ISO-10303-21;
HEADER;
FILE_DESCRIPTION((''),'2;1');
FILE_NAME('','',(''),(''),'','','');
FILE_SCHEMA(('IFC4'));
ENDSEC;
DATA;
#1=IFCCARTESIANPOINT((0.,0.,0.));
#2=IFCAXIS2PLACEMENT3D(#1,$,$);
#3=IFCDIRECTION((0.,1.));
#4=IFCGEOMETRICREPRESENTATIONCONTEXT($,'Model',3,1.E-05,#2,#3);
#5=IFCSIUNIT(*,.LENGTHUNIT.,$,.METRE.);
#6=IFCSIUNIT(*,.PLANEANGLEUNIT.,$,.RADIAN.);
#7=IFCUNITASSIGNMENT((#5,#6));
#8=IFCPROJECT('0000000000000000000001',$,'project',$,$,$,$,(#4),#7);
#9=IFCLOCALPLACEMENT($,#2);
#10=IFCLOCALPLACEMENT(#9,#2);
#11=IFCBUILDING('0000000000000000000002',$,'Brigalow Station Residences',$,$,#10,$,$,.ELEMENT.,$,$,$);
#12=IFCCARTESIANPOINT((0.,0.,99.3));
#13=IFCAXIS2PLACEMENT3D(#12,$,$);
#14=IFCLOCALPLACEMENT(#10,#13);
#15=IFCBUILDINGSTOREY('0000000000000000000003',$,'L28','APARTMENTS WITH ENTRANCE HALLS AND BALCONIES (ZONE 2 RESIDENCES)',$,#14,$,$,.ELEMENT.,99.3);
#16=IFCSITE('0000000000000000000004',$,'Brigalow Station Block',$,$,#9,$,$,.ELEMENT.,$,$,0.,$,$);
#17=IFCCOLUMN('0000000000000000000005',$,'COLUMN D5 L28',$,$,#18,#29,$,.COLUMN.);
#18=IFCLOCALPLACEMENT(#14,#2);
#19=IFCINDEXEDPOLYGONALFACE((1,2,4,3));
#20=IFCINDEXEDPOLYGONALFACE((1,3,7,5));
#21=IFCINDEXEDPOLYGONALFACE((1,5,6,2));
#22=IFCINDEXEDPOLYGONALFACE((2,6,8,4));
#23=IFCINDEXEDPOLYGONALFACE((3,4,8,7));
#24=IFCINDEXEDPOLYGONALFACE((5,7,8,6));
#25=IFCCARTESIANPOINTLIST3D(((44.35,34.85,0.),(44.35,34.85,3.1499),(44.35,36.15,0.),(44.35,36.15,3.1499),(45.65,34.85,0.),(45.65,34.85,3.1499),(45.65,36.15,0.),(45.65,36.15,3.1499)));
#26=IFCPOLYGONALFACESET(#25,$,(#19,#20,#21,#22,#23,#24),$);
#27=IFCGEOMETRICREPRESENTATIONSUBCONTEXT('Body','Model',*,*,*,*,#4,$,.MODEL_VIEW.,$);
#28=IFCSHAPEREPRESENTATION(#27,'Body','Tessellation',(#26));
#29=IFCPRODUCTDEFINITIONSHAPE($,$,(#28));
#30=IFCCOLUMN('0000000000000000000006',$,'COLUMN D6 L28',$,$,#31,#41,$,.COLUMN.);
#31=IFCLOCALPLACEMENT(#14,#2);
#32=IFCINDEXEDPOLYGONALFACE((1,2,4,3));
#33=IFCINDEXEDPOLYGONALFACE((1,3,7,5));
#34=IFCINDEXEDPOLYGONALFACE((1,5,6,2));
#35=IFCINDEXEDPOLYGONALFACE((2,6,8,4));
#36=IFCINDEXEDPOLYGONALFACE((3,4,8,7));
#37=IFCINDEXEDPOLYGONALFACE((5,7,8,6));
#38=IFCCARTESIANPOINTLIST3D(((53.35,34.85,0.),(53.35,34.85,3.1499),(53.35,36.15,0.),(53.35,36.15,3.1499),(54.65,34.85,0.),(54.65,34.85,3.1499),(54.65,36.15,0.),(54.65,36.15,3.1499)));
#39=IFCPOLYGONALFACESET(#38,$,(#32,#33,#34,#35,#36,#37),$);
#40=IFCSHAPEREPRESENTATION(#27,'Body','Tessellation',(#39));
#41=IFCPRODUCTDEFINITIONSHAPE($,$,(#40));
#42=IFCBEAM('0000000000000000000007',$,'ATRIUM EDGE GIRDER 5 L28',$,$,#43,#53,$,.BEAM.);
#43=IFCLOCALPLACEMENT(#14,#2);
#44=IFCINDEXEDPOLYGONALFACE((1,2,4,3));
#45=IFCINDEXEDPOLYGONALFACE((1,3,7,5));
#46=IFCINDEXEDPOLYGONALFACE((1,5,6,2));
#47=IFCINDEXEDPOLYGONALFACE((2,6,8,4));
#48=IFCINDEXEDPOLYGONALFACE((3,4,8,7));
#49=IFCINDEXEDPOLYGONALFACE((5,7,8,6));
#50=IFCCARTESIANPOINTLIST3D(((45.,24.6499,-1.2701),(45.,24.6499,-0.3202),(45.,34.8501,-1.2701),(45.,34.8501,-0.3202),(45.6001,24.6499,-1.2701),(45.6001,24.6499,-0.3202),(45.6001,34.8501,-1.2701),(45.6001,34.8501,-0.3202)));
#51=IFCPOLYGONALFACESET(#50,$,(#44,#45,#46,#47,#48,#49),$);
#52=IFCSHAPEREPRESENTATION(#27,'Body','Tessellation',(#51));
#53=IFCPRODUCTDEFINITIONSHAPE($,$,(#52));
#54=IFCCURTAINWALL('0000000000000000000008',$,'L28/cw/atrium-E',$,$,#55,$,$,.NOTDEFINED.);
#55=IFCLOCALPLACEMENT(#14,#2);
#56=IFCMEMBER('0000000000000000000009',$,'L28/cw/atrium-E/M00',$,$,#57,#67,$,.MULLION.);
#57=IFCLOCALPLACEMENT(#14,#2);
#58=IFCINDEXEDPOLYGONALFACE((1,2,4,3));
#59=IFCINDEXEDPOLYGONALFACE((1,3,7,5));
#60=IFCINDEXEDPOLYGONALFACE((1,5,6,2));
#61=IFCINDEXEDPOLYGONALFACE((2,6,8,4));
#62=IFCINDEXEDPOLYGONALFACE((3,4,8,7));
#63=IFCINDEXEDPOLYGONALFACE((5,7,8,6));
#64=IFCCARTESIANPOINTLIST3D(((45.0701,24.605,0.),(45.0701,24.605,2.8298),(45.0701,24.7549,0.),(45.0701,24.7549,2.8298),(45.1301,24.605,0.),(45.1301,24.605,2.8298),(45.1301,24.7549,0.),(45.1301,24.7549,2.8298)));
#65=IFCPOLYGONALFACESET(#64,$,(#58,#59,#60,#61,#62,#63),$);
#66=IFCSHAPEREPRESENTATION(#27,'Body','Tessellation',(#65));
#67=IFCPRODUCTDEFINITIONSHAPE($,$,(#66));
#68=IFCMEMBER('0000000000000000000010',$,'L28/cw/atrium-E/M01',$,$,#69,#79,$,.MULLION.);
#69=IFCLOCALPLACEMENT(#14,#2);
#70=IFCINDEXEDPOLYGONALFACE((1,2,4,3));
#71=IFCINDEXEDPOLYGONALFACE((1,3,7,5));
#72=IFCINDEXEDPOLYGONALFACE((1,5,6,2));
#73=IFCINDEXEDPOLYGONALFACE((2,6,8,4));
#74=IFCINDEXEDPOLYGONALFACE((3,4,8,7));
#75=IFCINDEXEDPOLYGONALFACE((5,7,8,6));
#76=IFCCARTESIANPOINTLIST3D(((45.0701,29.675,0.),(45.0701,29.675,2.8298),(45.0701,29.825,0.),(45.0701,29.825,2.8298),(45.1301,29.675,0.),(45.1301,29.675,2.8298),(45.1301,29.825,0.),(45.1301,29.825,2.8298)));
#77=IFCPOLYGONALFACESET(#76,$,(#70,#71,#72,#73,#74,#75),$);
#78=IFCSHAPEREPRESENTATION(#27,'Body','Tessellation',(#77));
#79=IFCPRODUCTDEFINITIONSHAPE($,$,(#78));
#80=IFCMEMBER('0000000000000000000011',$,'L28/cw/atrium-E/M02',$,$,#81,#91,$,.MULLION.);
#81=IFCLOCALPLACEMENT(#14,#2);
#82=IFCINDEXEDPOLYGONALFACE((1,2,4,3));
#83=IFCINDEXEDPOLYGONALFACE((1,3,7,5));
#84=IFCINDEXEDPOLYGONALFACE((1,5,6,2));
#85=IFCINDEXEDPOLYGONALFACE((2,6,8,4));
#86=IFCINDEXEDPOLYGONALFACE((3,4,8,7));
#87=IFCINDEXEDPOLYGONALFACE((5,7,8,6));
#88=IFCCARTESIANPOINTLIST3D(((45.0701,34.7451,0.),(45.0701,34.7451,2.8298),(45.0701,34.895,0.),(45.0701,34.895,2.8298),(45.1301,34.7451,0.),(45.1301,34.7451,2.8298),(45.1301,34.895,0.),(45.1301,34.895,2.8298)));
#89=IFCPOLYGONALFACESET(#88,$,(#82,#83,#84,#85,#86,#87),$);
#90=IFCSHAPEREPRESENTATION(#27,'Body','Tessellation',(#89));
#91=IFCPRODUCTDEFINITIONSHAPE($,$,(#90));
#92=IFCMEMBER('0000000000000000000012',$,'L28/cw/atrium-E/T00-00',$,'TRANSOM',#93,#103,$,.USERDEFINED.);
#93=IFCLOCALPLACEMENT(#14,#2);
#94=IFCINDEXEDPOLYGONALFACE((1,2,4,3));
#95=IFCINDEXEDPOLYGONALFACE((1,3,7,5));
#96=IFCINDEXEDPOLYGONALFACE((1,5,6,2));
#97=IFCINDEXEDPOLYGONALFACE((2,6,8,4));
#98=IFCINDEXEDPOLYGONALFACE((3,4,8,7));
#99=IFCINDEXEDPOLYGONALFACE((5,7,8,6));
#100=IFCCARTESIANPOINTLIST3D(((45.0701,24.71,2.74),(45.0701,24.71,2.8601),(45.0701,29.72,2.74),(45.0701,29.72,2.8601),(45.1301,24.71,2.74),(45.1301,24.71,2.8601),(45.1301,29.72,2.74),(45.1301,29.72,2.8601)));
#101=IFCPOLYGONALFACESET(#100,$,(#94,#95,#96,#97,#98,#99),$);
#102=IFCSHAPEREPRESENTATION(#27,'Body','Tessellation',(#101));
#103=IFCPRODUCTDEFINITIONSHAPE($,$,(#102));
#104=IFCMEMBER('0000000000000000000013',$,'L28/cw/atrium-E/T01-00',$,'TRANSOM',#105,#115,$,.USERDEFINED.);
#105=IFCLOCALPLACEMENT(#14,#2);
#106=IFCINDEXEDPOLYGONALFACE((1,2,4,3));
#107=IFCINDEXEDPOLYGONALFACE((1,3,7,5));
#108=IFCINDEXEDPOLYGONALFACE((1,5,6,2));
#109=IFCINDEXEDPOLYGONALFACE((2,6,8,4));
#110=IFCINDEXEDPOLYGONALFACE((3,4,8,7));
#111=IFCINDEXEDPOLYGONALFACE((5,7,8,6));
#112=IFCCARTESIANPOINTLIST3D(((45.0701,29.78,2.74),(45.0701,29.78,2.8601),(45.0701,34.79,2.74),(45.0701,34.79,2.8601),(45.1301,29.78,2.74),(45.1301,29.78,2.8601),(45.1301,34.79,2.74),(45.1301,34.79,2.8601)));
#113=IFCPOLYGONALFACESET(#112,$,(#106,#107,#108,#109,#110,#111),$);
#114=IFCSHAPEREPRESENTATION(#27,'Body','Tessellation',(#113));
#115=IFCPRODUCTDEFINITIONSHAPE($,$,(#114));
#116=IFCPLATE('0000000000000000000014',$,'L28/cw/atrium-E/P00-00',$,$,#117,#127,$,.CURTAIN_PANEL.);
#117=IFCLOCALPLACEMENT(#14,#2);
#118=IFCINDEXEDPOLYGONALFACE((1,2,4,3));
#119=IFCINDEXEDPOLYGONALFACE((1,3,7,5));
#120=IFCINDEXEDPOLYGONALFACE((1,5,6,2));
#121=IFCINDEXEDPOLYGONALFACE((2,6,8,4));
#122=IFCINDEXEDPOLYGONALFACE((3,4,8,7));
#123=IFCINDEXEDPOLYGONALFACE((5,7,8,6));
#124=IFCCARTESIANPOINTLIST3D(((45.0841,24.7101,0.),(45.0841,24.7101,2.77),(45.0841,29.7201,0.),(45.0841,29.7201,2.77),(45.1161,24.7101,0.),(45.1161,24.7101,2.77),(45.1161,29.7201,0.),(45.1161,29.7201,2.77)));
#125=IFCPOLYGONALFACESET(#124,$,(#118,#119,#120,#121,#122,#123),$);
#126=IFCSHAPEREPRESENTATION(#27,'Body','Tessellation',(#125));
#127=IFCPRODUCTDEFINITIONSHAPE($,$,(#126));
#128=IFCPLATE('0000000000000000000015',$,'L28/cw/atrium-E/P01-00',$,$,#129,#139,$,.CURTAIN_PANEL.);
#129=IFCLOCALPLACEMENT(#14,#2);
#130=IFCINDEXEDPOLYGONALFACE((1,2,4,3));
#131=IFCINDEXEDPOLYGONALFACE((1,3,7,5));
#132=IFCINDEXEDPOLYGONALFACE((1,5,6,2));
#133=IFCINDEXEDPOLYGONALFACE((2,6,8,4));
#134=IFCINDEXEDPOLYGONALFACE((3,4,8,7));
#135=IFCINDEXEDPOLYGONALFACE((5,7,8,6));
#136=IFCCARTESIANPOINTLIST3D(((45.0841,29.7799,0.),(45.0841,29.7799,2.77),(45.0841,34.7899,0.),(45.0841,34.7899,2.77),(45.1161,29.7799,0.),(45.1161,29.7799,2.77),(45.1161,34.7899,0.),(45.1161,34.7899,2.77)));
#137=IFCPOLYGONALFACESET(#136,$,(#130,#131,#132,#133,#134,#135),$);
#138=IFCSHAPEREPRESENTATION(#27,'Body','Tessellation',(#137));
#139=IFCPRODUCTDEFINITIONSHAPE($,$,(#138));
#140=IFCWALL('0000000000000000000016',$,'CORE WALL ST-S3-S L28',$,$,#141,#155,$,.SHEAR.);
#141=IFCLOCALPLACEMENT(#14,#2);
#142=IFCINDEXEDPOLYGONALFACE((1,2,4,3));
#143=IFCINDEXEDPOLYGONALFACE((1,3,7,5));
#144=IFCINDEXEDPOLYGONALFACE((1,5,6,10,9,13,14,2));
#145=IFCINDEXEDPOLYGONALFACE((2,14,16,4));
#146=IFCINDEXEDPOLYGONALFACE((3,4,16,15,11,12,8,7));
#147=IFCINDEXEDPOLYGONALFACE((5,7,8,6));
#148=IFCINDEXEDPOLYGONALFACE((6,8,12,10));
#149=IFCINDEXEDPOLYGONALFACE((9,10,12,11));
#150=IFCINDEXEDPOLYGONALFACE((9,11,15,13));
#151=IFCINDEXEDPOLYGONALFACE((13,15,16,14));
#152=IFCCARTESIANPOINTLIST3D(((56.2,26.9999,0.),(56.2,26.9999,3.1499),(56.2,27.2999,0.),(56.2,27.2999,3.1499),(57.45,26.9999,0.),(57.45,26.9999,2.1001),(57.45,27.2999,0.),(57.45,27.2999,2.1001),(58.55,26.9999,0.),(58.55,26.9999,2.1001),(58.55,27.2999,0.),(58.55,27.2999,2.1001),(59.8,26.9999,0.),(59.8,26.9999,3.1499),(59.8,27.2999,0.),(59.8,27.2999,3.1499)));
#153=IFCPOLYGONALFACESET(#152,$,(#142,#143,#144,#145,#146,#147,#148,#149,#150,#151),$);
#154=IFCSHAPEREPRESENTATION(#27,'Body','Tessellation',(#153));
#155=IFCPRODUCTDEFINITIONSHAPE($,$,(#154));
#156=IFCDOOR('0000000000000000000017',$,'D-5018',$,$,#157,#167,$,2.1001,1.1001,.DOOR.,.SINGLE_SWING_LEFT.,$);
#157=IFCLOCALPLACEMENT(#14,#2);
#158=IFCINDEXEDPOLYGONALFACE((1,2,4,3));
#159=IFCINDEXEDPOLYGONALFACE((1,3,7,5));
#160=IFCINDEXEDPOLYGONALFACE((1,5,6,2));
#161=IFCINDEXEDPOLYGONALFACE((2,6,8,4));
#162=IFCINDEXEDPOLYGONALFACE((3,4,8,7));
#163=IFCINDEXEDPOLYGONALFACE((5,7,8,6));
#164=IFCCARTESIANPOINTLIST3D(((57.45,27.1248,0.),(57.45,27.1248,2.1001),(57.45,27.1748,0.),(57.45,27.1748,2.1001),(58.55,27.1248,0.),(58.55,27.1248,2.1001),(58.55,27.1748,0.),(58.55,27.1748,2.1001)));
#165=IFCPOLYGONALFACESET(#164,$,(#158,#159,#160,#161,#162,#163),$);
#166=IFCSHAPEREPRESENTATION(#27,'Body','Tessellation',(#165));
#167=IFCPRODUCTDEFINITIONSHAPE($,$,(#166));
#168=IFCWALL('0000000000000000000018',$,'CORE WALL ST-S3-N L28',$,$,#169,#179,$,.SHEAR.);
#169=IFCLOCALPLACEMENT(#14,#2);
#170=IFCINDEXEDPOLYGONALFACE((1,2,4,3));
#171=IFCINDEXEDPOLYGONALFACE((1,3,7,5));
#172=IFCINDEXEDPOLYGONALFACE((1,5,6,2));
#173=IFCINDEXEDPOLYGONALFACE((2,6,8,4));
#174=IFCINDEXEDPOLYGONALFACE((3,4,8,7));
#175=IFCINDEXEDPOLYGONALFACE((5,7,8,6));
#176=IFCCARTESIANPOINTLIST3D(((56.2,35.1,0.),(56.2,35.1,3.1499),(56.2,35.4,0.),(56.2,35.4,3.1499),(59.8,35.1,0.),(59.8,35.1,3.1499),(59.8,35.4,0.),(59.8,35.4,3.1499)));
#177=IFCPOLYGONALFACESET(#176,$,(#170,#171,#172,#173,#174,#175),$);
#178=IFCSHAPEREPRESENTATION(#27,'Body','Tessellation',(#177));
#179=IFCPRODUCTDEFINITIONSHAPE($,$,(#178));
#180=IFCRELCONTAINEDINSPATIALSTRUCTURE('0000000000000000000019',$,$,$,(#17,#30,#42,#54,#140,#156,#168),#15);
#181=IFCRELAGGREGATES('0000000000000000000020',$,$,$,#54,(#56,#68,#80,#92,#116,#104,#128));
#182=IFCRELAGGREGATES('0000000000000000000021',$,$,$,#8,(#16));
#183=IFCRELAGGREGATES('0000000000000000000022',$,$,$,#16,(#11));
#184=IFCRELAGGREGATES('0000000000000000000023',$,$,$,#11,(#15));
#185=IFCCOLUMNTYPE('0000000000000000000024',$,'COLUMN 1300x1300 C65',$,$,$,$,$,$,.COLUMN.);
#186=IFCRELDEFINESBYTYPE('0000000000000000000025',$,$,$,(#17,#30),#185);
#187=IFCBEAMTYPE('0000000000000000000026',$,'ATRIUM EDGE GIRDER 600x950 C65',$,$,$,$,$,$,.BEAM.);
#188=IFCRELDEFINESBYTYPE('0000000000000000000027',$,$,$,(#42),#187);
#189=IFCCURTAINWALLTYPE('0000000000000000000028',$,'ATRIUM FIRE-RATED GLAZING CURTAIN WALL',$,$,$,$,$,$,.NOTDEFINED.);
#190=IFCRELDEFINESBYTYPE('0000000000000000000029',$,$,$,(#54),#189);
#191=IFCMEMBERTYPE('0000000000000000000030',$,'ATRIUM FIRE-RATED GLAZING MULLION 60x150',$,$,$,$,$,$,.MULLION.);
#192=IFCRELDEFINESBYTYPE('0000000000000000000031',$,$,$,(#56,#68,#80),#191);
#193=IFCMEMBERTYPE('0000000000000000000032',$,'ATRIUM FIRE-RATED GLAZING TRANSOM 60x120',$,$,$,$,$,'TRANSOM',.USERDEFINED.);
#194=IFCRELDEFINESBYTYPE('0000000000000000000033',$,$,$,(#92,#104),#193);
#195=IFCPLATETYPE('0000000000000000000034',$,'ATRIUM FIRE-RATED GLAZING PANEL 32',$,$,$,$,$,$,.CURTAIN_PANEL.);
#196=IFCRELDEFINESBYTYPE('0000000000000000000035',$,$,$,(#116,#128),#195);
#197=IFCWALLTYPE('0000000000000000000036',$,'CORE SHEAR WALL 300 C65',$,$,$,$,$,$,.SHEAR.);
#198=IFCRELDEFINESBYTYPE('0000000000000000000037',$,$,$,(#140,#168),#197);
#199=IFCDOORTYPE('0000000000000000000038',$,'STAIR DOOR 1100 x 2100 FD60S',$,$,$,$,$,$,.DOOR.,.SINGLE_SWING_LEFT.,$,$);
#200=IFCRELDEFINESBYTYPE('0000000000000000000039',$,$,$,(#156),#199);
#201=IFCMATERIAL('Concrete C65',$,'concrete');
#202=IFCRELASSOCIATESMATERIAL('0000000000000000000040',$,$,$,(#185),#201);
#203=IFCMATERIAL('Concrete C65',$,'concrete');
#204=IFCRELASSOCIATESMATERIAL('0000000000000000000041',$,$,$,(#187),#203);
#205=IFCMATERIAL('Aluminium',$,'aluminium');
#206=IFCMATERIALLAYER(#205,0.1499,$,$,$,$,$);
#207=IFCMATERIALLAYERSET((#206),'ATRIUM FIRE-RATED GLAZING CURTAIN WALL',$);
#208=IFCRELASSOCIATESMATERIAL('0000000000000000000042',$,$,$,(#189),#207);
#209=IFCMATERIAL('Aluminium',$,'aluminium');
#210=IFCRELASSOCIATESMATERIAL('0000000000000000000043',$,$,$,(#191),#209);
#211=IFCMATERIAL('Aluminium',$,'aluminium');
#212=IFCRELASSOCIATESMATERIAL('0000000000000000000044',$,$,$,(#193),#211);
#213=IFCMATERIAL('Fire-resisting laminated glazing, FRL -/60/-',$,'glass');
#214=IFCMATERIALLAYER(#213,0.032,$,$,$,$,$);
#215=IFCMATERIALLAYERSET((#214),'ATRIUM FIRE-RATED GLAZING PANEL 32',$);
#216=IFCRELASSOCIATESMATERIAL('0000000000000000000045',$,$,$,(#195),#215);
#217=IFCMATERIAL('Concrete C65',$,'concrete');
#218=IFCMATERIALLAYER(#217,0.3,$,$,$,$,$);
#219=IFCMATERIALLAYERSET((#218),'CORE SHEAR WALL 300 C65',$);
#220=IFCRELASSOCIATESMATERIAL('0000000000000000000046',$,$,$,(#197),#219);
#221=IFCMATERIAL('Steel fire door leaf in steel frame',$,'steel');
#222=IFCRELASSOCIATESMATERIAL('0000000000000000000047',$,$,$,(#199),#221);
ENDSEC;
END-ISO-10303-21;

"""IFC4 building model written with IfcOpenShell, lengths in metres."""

from ifc_helpers import new_model, si_unit, direction, frame, frame_2d, origin, origin_2d, place, context, subcontext, project, spatial, rectangle, extrude, material, layer, layer_set, material_profile, profile_set, type_object, element, fill, aggregate, save


model = new_model("IFC4")

# Units and contexts
model_context = context("Model", 3, precision=1e-05, world=origin(), true_north=direction((0.0, 1.0)))
body_context = subcontext(model_context, "Body", "Model", "MODEL_VIEW")
ifc_project = project(units=[si_unit("LENGTHUNIT", "METRE"), si_unit("PLANEANGLEUNIT", "RADIAN")], contexts=[model_context])

# Site, building, storey
site_placement = place(None, origin())
site = spatial("IfcSite", under=ifc_project, at=site_placement, Name="Brigalow Station Block", CompositionType="ELEMENT", RefElevation=0.0)
building_placement = place(site_placement, origin())
building = spatial("IfcBuilding", under=site, at=building_placement, Name="Brigalow Station Residences", CompositionType="ELEMENT")
storey_placement = place(building_placement, frame((0.0, 0.0, 99.3)))
storey = spatial("IfcBuildingStorey", under=building, at=storey_placement, Name="L28", Description="APARTMENTS WITH ENTRANCE HALLS AND BALCONIES (ZONE 2 RESIDENCES)", CompositionType="ELEMENT", Elevation=99.3)

# Columns
ifc_material_1 = material(Name="Concrete C65", Category="concrete")
ifc_material_profile_1 = material_profile(ifc_material_1, rectangle(XDim=1.3, YDim=1.3, at=origin_2d()), Name="RC1300x1300")
ifc_profile_set_1 = profile_set([ifc_material_profile_1], Name="Concrete C65")
column_type = type_object("IfcColumnType", Name="COLUMN 1300x1300 C65", PredefinedType="COLUMN", material=ifc_profile_set_1)
for number, where, z_axis, x_axis, name in (
    (1, (45.0, 35.5, 0.0), (0.0, 0.0, 1.0), (1.0, 0.0, 0.0), "COLUMN D5 L28"),
    (2, (54.0, 35.5, 0.0), (0.0, 0.0, 1.0), (1.0, 0.0, 0.0), "COLUMN D6 L28"),
):
    element("IfcColumn", number, at=place(storey_placement, frame(where, z_axis=z_axis, x_axis=x_axis)), inside=storey, type_object=column_type, Name=name, PredefinedType="COLUMN", context=body_context, shape_type="SweptSolid", body=[
        extrude(rectangle(XDim=1.3, YDim=1.3, at=origin_2d()), origin(), (0.0, 0.0, 1.0), 3.1499),
    ])

# Beam
ifc_material_2 = material(Name="Concrete C65", Category="concrete")
ifc_material_profile_2 = material_profile(ifc_material_2, rectangle(XDim=0.6001, YDim=0.95, at=origin_2d()), Name="RC600x950")
ifc_profile_set_2 = profile_set([ifc_material_profile_2], Name="Concrete C65")
beam_type = type_object("IfcBeamType", Name="ATRIUM EDGE GIRDER 600x950 C65", PredefinedType="BEAM", material=ifc_profile_set_2)
beam_placement = place(storey_placement, frame((45.3, 24.6499, -0.7952), z_axis=(0.0, 1.0, 0.0), x_axis=(-1.0, 0.0, 0.0)))
element("IfcBeam", 3, at=beam_placement, inside=storey, type_object=beam_type, Name="ATRIUM EDGE GIRDER 5 L28", PredefinedType="BEAM", context=body_context, shape_type="SweptSolid", body=[
    extrude(rectangle(XDim=0.6001, YDim=0.95, at=origin_2d()), origin(), (0.0, 0.0, 1.0), 10.2002),
])

# Curtain wall, members, plates
ifc_material_3 = material(Name="Aluminium", Category="aluminium")
ifc_layer_1 = layer(ifc_material_3, 0.1499)
ifc_layer_set_1 = layer_set([ifc_layer_1], Name="ATRIUM FIRE-RATED GLAZING CURTAIN WALL")
curtain_wall_type = type_object("IfcCurtainWallType", Name="ATRIUM FIRE-RATED GLAZING CURTAIN WALL", PredefinedType="NOTDEFINED", material=ifc_layer_set_1)
curtain_wall_placement = place(storey_placement, origin())
curtain_wall = element("IfcCurtainWall", 4, at=curtain_wall_placement, inside=storey, type_object=curtain_wall_type, Name="L28/cw/atrium-E", PredefinedType="NOTDEFINED")
ifc_material_4 = material(Name="Aluminium", Category="aluminium")
ifc_material_profile_3 = material_profile(ifc_material_4, rectangle(XDim=0.0601, YDim=0.1499, at=origin_2d()), Name="ATRIUM FIRE-RATED GLAZING MULLION 60x150")
ifc_profile_set_3 = profile_set([ifc_material_profile_3], Name="Aluminium")
member_type_1 = type_object("IfcMemberType", Name="ATRIUM FIRE-RATED GLAZING MULLION 60x150", PredefinedType="MULLION", material=ifc_profile_set_3)
member_1_placement = place(storey_placement, frame((45.1001, 24.6799, 0.0), z_axis=(0.0, 0.0, 1.0), x_axis=(-1.0, 0.0, 0.0)))
member_1 = element("IfcMember", 5, at=member_1_placement, type_object=member_type_1, Name="L28/cw/atrium-E/M00", PredefinedType="MULLION", context=body_context, shape_type="SweptSolid", body=[
    extrude(rectangle(XDim=0.0601, YDim=0.1499, at=origin_2d()), origin(), (0.0, 0.0, 1.0), 2.8298),
])
member_2_placement = place(storey_placement, frame((45.1001, 29.75, 0.0), z_axis=(0.0, 0.0, 1.0), x_axis=(-1.0, 0.0, 0.0)))
member_2 = element("IfcMember", 6, at=member_2_placement, type_object=member_type_1, Name="L28/cw/atrium-E/M01", PredefinedType="MULLION", context=body_context, shape_type="SweptSolid", body=[
    extrude(rectangle(XDim=0.0601, YDim=0.1499, at=origin_2d()), origin(), (0.0, 0.0, 1.0), 2.8298),
])
member_3_placement = place(storey_placement, frame((45.1001, 34.8201, 0.0), z_axis=(0.0, 0.0, 1.0), x_axis=(-1.0, 0.0, 0.0)))
member_3 = element("IfcMember", 7, at=member_3_placement, type_object=member_type_1, Name="L28/cw/atrium-E/M02", PredefinedType="MULLION", context=body_context, shape_type="SweptSolid", body=[
    extrude(rectangle(XDim=0.0601, YDim=0.1499, at=origin_2d()), origin(), (0.0, 0.0, 1.0), 2.8298),
])
ifc_material_5 = material(Name="Aluminium", Category="aluminium")
ifc_material_profile_4 = material_profile(ifc_material_5, rectangle(XDim=0.0601, YDim=0.1201, at=origin_2d()), Name="ATRIUM FIRE-RATED GLAZING TRANSOM 60x120")
ifc_profile_set_4 = profile_set([ifc_material_profile_4], Name="Aluminium")
member_type_2 = type_object("IfcMemberType", Name="ATRIUM FIRE-RATED GLAZING TRANSOM 60x120", ElementType="TRANSOM", PredefinedType="USERDEFINED", material=ifc_profile_set_4)
member_4_placement = place(storey_placement, frame((45.1001, 24.71, 2.8), z_axis=(0.0, 1.0, 0.0), x_axis=(-1.0, 0.0, 0.0)))
member_4 = element("IfcMember", 8, at=member_4_placement, type_object=member_type_2, Name="L28/cw/atrium-E/T00-00", ObjectType="TRANSOM", PredefinedType="USERDEFINED", context=body_context, shape_type="SweptSolid", body=[
    extrude(rectangle(XDim=0.0601, YDim=0.1201, at=origin_2d()), origin(), (0.0, 0.0, 1.0), 5.01),
])
member_5_placement = place(storey_placement, frame((45.1001, 29.78, 2.8), z_axis=(0.0, 1.0, 0.0), x_axis=(-1.0, 0.0, 0.0)))
member_5 = element("IfcMember", 9, at=member_5_placement, type_object=member_type_2, Name="L28/cw/atrium-E/T01-00", ObjectType="TRANSOM", PredefinedType="USERDEFINED", context=body_context, shape_type="SweptSolid", body=[
    extrude(rectangle(XDim=0.0601, YDim=0.1201, at=origin_2d()), origin(), (0.0, 0.0, 1.0), 5.01),
])
ifc_material_6 = material(Name="Fire-resisting laminated glazing, FRL -/60/-", Category="glass")
ifc_layer_2 = layer(ifc_material_6, 0.032)
ifc_layer_set_2 = layer_set([ifc_layer_2], Name="ATRIUM FIRE-RATED GLAZING PANEL 32")
plate_type = type_object("IfcPlateType", Name="ATRIUM FIRE-RATED GLAZING PANEL 32", PredefinedType="CURTAIN_PANEL", material=ifc_layer_set_2)
plate_1_placement = place(storey_placement, frame((45.1001, 27.2151, 0.0), z_axis=(0.0, 0.0, 1.0), x_axis=(0.0, 1.0, 0.0)))
plate_1 = element("IfcPlate", 10, at=plate_1_placement, type_object=plate_type, Name="L28/cw/atrium-E/P00-00", PredefinedType="CURTAIN_PANEL", context=body_context, shape_type="SweptSolid", body=[
    extrude(rectangle(XDim=5.01, YDim=0.032, at=origin_2d()), origin(), (0.0, 0.0, 1.0), 2.77),
])
plate_2_placement = place(storey_placement, frame((45.1001, 32.2849, 0.0), z_axis=(0.0, 0.0, 1.0), x_axis=(0.0, 1.0, 0.0)))
plate_2 = element("IfcPlate", 11, at=plate_2_placement, type_object=plate_type, Name="L28/cw/atrium-E/P01-00", PredefinedType="CURTAIN_PANEL", context=body_context, shape_type="SweptSolid", body=[
    extrude(rectangle(XDim=5.01, YDim=0.032, at=origin_2d()), origin(), (0.0, 0.0, 1.0), 2.77),
])
aggregate(curtain_wall, [member_1, member_2, member_3, member_4, plate_1, member_5, plate_2])

# Wall, opening, door
ifc_material_7 = material(Name="Concrete C65", Category="concrete")
ifc_layer_3 = layer(ifc_material_7, 0.3)
ifc_layer_set_3 = layer_set([ifc_layer_3], Name="CORE SHEAR WALL 300 C65")
wall_type_1 = type_object("IfcWallType", Name="CORE SHEAR WALL 300 C65", PredefinedType="SHEAR", material=ifc_layer_set_3)
wall_1_placement = place(storey_placement, frame((56.2, 27.1499, 0.0), z_axis=(0.0, 0.0, 1.0), x_axis=(1.0, 0.0, 0.0)))
wall_1 = element("IfcWall", 12, at=wall_1_placement, inside=storey, type_object=wall_type_1, Name="CORE WALL ST-S3-S L28", PredefinedType="SHEAR", context=body_context, shape_type="SweptSolid", body=[
    extrude(rectangle(XDim=3.6001, YDim=0.3, at=frame_2d((1.8, 0.0))), origin(), (0.0, 0.0, 1.0), 3.1499),
])
opening_1_placement = place(wall_1_placement, frame((1.25, 0.0, 0.0)))
opening_1 = element("IfcOpeningElement", 13, at=opening_1_placement, cuts=wall_1, PredefinedType="OPENING", context=body_context, shape_type="SweptSolid", body=[
    extrude(rectangle(XDim=1.1001, YDim=2.1001, at=frame_2d((0.55, 1.05))), frame((0.0, 0.1602, 0.0), z_axis=(0.0, -1.0, 0.0), x_axis=(1.0, 0.0, 0.0)), (0.0, 0.0, 1.0), 0.3201),
])
ifc_material_8 = material(Name="Steel fire door leaf in steel frame", Category="steel")
door_type_1 = type_object("IfcDoorType", Name="STAIR DOOR 1100 x 2100 FD60S", OperationType="SINGLE_SWING_LEFT", PredefinedType="DOOR", material=ifc_material_8)
door_1_placement = place(opening_1_placement, origin())
door_1 = element("IfcDoor", 14, at=door_1_placement, inside=storey, type_object=door_type_1, Name="D-5018", OperationType="SINGLE_SWING_LEFT", OverallHeight=2.1001, OverallWidth=1.1001, PredefinedType="DOOR", context=body_context, shape_type="SweptSolid", body=[
    extrude(rectangle(XDim=1.1001, YDim=2.1001, at=frame_2d((0.55, 1.05))), frame((0.0, 0.0249, 0.0), z_axis=(0.0, -1.0, 0.0), x_axis=(1.0, 0.0, 0.0)), (0.0, 0.0, 1.0), 0.05),
])
fill(opening_1, door_1)

# Wall
wall_2_placement = place(storey_placement, frame((56.2, 35.25, 0.0), z_axis=(0.0, 0.0, 1.0), x_axis=(1.0, 0.0, 0.0)))
element("IfcWall", 15, at=wall_2_placement, inside=storey, type_object=wall_type_1, Name="CORE WALL ST-S3-N L28", PredefinedType="SHEAR", context=body_context, shape_type="SweptSolid", body=[
    extrude(rectangle(XDim=3.6001, YDim=0.3, at=frame_2d((1.8, 0.0))), origin(), (0.0, 0.0, 1.0), 3.1499),
])

save(model, "model.ifc")
